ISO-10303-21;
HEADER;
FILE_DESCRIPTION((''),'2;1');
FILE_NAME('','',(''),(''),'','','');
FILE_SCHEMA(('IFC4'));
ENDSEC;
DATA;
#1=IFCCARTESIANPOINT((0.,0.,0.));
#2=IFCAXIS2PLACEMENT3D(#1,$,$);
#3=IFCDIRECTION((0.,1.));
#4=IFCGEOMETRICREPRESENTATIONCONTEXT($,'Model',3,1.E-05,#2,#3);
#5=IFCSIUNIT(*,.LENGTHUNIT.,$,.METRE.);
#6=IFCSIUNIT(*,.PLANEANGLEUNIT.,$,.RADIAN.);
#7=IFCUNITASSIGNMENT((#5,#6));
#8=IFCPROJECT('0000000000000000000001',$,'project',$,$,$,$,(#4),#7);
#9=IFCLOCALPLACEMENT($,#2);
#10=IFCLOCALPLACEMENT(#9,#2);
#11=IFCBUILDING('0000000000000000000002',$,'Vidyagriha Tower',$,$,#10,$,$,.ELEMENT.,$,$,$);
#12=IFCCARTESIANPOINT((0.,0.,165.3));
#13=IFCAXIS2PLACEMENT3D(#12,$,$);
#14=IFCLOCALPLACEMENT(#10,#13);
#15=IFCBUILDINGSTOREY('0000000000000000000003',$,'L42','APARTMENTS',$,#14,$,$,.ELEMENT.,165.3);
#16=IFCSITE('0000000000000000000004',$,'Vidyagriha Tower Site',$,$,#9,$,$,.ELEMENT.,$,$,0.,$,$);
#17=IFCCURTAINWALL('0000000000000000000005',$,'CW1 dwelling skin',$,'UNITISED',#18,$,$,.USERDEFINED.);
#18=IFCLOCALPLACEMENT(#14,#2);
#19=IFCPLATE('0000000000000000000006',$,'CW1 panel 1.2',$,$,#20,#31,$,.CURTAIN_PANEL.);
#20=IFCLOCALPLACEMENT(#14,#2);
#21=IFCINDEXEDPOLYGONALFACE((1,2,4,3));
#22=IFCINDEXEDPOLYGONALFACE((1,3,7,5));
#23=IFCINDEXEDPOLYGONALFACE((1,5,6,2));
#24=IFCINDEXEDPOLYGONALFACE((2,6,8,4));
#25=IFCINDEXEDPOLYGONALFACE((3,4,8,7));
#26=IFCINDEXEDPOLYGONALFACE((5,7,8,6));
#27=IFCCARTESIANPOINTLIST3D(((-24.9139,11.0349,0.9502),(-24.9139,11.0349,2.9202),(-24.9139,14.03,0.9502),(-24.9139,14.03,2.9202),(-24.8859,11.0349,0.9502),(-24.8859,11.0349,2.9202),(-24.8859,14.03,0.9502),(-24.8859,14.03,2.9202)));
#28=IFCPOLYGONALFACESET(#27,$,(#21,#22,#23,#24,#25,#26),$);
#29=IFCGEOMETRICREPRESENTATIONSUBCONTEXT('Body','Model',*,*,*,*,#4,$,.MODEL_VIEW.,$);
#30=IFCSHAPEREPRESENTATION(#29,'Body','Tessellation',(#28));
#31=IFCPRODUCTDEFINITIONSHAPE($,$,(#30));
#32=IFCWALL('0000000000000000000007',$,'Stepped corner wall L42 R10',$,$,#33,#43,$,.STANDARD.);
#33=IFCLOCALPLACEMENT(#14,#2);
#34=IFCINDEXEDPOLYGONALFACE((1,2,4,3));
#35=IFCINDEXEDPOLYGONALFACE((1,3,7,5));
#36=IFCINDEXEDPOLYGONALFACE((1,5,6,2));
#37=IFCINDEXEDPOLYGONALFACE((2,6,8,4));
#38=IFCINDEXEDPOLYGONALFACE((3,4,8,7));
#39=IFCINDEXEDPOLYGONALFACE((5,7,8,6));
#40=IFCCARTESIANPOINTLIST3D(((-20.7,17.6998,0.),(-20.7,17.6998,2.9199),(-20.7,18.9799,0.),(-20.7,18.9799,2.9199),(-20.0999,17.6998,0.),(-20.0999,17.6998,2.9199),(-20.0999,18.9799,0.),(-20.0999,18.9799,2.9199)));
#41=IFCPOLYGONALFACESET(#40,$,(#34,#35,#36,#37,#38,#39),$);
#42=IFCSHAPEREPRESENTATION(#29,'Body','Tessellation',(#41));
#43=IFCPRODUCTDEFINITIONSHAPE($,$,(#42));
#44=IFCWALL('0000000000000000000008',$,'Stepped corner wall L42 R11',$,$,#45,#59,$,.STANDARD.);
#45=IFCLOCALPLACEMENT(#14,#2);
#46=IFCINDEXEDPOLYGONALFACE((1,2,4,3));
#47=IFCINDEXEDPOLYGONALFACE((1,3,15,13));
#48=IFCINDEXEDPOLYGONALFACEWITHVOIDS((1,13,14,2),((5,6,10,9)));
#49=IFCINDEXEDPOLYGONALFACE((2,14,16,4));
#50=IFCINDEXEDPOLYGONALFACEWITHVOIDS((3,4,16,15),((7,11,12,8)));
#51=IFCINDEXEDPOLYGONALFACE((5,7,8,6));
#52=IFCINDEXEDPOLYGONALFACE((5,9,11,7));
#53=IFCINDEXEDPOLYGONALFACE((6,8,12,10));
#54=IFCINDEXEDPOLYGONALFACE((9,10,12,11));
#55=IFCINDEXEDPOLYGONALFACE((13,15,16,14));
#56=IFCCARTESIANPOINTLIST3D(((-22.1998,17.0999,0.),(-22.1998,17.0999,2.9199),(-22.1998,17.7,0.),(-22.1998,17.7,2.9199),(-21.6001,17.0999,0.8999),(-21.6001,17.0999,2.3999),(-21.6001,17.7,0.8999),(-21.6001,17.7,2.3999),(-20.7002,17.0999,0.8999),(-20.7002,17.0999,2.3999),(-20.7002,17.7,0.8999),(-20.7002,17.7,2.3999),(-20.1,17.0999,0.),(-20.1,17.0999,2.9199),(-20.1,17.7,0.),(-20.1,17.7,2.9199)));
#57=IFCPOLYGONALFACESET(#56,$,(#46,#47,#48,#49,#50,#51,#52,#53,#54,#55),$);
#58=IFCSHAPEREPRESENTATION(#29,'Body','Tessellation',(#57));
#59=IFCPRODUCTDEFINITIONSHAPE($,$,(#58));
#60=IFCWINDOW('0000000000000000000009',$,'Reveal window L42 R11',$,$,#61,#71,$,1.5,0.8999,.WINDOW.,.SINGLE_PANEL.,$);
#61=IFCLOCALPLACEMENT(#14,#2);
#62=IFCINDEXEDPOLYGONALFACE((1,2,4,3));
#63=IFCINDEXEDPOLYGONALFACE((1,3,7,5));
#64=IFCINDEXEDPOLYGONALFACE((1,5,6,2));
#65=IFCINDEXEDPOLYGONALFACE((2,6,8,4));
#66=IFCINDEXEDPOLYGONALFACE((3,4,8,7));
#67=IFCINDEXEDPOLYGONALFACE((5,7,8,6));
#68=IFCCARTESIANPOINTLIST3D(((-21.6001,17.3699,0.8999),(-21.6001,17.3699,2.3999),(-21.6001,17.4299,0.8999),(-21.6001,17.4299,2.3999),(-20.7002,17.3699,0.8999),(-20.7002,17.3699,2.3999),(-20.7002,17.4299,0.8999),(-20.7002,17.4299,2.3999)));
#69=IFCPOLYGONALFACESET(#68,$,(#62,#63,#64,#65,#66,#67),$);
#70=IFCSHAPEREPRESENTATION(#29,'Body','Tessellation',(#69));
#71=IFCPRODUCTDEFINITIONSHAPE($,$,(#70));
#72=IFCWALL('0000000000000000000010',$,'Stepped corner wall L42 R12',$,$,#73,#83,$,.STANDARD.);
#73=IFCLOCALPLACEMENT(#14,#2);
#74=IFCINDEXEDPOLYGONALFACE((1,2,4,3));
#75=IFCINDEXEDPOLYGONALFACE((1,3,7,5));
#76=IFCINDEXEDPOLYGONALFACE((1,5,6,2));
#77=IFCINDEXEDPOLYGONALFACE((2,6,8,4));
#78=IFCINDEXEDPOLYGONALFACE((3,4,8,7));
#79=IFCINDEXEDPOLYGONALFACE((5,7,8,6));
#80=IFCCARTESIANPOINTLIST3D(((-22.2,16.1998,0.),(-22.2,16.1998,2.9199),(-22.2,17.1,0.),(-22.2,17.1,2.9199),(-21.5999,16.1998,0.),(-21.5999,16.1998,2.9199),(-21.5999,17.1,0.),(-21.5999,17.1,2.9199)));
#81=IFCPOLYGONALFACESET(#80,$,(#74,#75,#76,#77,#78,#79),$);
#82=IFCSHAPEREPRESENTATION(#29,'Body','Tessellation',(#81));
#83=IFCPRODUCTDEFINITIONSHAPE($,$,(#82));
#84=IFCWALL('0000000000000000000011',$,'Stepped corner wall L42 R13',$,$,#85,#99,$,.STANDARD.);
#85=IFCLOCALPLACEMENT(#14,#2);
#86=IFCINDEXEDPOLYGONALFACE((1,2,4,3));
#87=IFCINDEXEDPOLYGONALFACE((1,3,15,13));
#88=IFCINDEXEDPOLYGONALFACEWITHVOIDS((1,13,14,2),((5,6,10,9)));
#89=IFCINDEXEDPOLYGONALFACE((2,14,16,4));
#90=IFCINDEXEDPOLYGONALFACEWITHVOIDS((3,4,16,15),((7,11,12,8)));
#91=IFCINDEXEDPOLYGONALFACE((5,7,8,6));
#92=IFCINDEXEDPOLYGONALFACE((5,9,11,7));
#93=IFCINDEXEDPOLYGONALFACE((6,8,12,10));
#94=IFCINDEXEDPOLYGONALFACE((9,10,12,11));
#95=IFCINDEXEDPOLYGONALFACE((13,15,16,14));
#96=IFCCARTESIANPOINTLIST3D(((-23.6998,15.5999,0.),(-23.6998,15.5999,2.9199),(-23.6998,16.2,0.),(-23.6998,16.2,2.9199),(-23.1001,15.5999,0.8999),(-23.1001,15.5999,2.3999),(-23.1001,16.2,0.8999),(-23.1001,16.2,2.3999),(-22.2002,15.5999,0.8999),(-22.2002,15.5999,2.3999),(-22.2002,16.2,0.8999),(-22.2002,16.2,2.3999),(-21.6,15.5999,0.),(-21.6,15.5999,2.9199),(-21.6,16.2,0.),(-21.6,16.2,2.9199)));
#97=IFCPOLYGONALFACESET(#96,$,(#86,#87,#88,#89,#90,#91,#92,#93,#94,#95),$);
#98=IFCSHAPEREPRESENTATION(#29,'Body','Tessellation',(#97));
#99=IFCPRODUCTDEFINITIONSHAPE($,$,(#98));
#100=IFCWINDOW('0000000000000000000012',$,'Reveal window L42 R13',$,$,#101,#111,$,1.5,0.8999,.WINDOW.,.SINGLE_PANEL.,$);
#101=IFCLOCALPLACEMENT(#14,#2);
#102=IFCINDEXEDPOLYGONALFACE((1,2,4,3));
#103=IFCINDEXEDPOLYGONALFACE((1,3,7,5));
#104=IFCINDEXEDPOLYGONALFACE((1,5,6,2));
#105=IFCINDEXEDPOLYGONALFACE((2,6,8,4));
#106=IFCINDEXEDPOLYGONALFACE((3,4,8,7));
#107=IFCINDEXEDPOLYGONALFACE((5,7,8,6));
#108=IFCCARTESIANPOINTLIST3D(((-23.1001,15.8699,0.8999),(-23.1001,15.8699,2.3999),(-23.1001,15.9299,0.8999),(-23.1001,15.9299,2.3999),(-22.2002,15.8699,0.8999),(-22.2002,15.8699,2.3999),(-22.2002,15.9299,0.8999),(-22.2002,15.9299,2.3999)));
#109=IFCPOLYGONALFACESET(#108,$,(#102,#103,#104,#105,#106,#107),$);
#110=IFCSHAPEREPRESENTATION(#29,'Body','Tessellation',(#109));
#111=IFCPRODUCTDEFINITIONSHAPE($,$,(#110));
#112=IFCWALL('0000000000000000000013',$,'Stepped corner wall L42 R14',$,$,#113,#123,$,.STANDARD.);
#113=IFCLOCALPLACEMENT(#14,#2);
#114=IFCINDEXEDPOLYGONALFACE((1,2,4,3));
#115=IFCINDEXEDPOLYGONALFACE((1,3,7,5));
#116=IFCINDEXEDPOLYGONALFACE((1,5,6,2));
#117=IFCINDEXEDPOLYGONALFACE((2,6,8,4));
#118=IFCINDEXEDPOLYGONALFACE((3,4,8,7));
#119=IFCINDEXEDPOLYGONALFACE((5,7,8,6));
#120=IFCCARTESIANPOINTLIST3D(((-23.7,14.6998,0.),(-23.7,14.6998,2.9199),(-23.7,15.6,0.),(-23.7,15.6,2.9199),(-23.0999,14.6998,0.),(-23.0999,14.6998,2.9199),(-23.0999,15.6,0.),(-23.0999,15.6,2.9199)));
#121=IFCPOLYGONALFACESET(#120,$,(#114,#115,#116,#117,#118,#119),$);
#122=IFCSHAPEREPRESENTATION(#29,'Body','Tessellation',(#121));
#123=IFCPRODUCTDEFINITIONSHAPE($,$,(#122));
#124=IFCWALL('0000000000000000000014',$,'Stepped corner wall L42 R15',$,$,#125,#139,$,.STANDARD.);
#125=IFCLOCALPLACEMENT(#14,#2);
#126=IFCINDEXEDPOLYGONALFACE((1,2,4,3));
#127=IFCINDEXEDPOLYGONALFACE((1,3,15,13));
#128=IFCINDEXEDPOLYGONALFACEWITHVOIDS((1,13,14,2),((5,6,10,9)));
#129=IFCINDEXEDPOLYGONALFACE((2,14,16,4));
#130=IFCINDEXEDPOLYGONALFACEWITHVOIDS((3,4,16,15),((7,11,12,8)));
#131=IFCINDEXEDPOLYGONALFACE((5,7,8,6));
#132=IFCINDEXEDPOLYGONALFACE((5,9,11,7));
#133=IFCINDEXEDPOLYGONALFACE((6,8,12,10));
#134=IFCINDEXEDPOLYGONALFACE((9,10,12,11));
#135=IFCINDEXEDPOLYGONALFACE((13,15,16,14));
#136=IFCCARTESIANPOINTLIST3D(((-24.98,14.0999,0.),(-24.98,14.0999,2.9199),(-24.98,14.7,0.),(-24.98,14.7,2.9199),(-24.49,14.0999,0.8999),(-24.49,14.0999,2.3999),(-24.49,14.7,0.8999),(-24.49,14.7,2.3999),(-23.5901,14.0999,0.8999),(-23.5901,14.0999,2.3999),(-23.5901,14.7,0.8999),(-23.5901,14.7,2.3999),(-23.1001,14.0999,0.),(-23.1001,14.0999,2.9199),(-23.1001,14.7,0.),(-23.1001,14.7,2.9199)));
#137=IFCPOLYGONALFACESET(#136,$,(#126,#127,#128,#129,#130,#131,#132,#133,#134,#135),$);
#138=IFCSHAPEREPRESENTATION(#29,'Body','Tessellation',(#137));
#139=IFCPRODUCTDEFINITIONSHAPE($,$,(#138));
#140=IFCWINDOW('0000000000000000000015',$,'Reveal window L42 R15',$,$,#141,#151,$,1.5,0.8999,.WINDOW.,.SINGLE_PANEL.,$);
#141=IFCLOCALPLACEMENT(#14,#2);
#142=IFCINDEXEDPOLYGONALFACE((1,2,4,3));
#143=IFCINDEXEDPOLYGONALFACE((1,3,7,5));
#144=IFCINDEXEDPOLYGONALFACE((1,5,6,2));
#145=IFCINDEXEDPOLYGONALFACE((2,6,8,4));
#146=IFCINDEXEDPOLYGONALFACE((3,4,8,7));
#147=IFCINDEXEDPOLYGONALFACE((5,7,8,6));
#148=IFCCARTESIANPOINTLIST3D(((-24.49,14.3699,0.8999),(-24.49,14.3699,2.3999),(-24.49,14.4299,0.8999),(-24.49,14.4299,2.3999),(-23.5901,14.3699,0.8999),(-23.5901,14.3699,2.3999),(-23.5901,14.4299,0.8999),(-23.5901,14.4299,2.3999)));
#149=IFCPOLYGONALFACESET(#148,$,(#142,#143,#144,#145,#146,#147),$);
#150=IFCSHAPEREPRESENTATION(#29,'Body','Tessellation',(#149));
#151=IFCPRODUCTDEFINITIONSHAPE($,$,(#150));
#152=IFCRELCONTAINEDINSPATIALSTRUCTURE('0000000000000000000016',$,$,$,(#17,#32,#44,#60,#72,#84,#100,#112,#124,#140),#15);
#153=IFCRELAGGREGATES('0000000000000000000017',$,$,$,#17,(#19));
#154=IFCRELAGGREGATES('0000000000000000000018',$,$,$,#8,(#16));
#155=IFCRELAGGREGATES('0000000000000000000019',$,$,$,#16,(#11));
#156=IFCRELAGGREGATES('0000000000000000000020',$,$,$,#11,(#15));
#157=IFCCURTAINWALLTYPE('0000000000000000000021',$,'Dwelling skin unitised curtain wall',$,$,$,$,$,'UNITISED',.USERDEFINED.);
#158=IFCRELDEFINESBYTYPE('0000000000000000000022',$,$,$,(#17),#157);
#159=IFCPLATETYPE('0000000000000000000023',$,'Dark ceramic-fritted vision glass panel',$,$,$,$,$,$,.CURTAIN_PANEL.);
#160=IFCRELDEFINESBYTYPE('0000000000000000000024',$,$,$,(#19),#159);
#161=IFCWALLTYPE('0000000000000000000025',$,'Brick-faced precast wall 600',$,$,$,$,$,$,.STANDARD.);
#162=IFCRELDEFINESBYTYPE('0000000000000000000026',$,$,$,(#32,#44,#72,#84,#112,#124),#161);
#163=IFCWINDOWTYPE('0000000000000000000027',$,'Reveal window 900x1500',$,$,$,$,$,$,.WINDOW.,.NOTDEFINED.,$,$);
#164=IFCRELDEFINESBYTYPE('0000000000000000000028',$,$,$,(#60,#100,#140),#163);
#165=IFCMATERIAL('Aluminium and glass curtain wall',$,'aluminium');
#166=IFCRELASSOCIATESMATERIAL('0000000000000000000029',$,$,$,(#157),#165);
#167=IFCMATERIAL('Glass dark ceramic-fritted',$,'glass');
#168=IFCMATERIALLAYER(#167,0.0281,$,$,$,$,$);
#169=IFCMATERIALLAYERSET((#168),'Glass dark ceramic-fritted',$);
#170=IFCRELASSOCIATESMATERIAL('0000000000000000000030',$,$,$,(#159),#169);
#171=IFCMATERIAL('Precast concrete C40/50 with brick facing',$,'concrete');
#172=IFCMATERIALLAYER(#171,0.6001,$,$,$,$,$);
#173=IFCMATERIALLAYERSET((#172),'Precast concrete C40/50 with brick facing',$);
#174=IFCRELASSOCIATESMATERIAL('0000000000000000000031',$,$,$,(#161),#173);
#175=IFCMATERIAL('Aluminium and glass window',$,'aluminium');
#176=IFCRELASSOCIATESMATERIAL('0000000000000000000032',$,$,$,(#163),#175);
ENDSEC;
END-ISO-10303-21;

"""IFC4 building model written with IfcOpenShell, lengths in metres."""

from ifc_helpers import new_model, si_unit, direction, frame, frame_2d, origin, origin_2d, place, context, subcontext, project, spatial, rectangle, extrude, material, layer, layer_set, type_object, element, fill, aggregate, save


model = new_model("IFC4")

# Units and contexts
model_context = context("Model", 3, precision=1e-05, world=origin(), true_north=direction((0.0, 1.0)))
body_context = subcontext(model_context, "Body", "Model", "MODEL_VIEW")
ifc_project = project(units=[si_unit("LENGTHUNIT", "METRE"), si_unit("PLANEANGLEUNIT", "RADIAN")], contexts=[model_context])

# Site, building, storey
site_placement = place(None, origin())
site = spatial("IfcSite", under=ifc_project, at=site_placement, Name="Vidyagriha Tower Site", CompositionType="ELEMENT", RefElevation=0.0)
building_placement = place(site_placement, origin())
building = spatial("IfcBuilding", under=site, at=building_placement, Name="Vidyagriha Tower", CompositionType="ELEMENT")
storey_placement = place(building_placement, frame((0.0, 0.0, 165.3)))
storey = spatial("IfcBuildingStorey", under=building, at=storey_placement, Name="L42", Description="APARTMENTS", CompositionType="ELEMENT", Elevation=165.3)

# Shared definitions
ifc_material_1 = material(Name="Aluminium and glass curtain wall", Category="aluminium")
curtain_wall_type = type_object("IfcCurtainWallType", Name="Dwelling skin unitised curtain wall", ElementType="UNITISED", PredefinedType="USERDEFINED", material=ifc_material_1)

# Curtain wall
curtain_wall_1_placement = place(storey_placement, origin())
curtain_wall_1 = element("IfcCurtainWall", 1, at=curtain_wall_1_placement, inside=storey, type_object=curtain_wall_type, Name="CW1 dwelling skin", ObjectType="UNITISED", PredefinedType="USERDEFINED")

# Plate
ifc_material_2 = material(Name="Glass dark ceramic-fritted", Category="glass")
ifc_layer_1 = layer(ifc_material_2, 0.0281)
ifc_layer_set_1 = layer_set([ifc_layer_1], Name="Glass dark ceramic-fritted")
plate_type_1 = type_object("IfcPlateType", Name="Dark ceramic-fritted vision glass panel", PredefinedType="CURTAIN_PANEL", material=ifc_layer_set_1)
plate_1_placement = place(storey_placement, frame((-24.8999, 12.5325, 0.9502), z_axis=(0.0, 0.0, 1.0), x_axis=(0.0, -1.0, 0.0)))
plate_1 = element("IfcPlate", 2, at=plate_1_placement, type_object=plate_type_1, Name="CW1 panel 1.2", PredefinedType="CURTAIN_PANEL", context=body_context, shape_type="SweptSolid", body=[
    extrude(rectangle(XDim=2.9951, YDim=0.0281, at=origin_2d()), origin(), (0.0, 0.0, 1.0), 1.97),
])
aggregate(curtain_wall_1, [plate_1])

# Wall
ifc_material_3 = material(Name="Precast concrete C40/50 with brick facing", Category="concrete")
ifc_layer_2 = layer(ifc_material_3, 0.6001)
ifc_layer_set_2 = layer_set([ifc_layer_2], Name="Precast concrete C40/50 with brick facing")
wall_type_1 = type_object("IfcWallType", Name="Brick-faced precast wall 600", PredefinedType="STANDARD", material=ifc_layer_set_2)
wall_1_placement = place(storey_placement, frame((-20.3999, 18.98, 0.0), z_axis=(0.0, 0.0, 1.0), x_axis=(0.0, -1.0, 0.0)))
element("IfcWall", 3, at=wall_1_placement, inside=storey, type_object=wall_type_1, Name="Stepped corner wall L42 R10", PredefinedType="STANDARD", context=body_context, shape_type="SweptSolid", body=[
    extrude(rectangle(XDim=1.28, YDim=0.6001, at=frame_2d((0.6401, 0.0))), origin(), (0.0, 0.0, 1.0), 2.9199),
])

# Wall, opening, window
wall_2_placement = place(storey_placement, frame((-20.1001, 17.3999, 0.0), z_axis=(0.0, 0.0, 1.0), x_axis=(-1.0, 0.0, 0.0)))
wall_2 = element("IfcWall", 4, at=wall_2_placement, inside=storey, type_object=wall_type_1, Name="Stepped corner wall L42 R11", PredefinedType="STANDARD", context=body_context, shape_type="SweptSolid", body=[
    extrude(rectangle(XDim=2.0999, YDim=0.6001, at=frame_2d((1.0498, 0.0))), origin(), (0.0, 0.0, 1.0), 2.9199),
])
opening_1_placement = place(wall_2_placement, frame((0.6001, 0.0, 0.8999)))
opening_1 = element("IfcOpeningElement", 5, at=opening_1_placement, cuts=wall_2, PredefinedType="OPENING", context=body_context, shape_type="SweptSolid", body=[
    extrude(rectangle(XDim=0.8999, YDim=1.5, at=frame_2d((0.45, 0.75))), frame((0.0, 0.3101, 0.0), z_axis=(0.0, -1.0, 0.0), x_axis=(1.0, 0.0, 0.0)), (0.0, 0.0, 1.0), 0.6201),
])
ifc_material_4 = material(Name="Aluminium and glass window", Category="aluminium")
window_type = type_object("IfcWindowType", Name="Reveal window 900x1500", PartitioningType="NOTDEFINED", PredefinedType="WINDOW", material=ifc_material_4)
window_1_placement = place(opening_1_placement, origin())
window_1 = element("IfcWindow", 6, at=window_1_placement, inside=storey, type_object=window_type, Name="Reveal window L42 R11", OverallHeight=1.5, OverallWidth=0.8999, PartitioningType="SINGLE_PANEL", PredefinedType="WINDOW", context=body_context, shape_type="SweptSolid", body=[
    extrude(rectangle(XDim=0.8999, YDim=1.5, at=frame_2d((0.45, 0.75))), frame((0.0, 0.03, 0.0), z_axis=(0.0, -1.0, 0.0), x_axis=(1.0, 0.0, 0.0)), (0.0, 0.0, 1.0), 0.0601),
])
fill(opening_1, window_1)

# Wall
wall_3_placement = place(storey_placement, frame((-21.8999, 17.1001, 0.0), z_axis=(0.0, 0.0, 1.0), x_axis=(0.0, -1.0, 0.0)))
element("IfcWall", 7, at=wall_3_placement, inside=storey, type_object=wall_type_1, Name="Stepped corner wall L42 R12", PredefinedType="STANDARD", context=body_context, shape_type="SweptSolid", body=[
    extrude(rectangle(XDim=0.9001, YDim=0.6001, at=frame_2d((0.4502, 0.0))), origin(), (0.0, 0.0, 1.0), 2.9199),
])

# Wall, opening, window
wall_4_placement = place(storey_placement, frame((-21.6001, 15.8999, 0.0), z_axis=(0.0, 0.0, 1.0), x_axis=(-1.0, 0.0, 0.0)))
wall_4 = element("IfcWall", 8, at=wall_4_placement, inside=storey, type_object=wall_type_1, Name="Stepped corner wall L42 R13", PredefinedType="STANDARD", context=body_context, shape_type="SweptSolid", body=[
    extrude(rectangle(XDim=2.0999, YDim=0.6001, at=frame_2d((1.0498, 0.0))), origin(), (0.0, 0.0, 1.0), 2.9199),
])
opening_2_placement = place(wall_4_placement, frame((0.6001, 0.0, 0.8999)))
opening_2 = element("IfcOpeningElement", 9, at=opening_2_placement, cuts=wall_4, PredefinedType="OPENING", context=body_context, shape_type="SweptSolid", body=[
    extrude(rectangle(XDim=0.8999, YDim=1.5, at=frame_2d((0.45, 0.75))), frame((0.0, 0.3101, 0.0), z_axis=(0.0, -1.0, 0.0), x_axis=(1.0, 0.0, 0.0)), (0.0, 0.0, 1.0), 0.6201),
])
window_2_placement = place(opening_2_placement, origin())
window_2 = element("IfcWindow", 10, at=window_2_placement, inside=storey, type_object=window_type, Name="Reveal window L42 R13", OverallHeight=1.5, OverallWidth=0.8999, PartitioningType="SINGLE_PANEL", PredefinedType="WINDOW", context=body_context, shape_type="SweptSolid", body=[
    extrude(rectangle(XDim=0.8999, YDim=1.5, at=frame_2d((0.45, 0.75))), frame((0.0, 0.03, 0.0), z_axis=(0.0, -1.0, 0.0), x_axis=(1.0, 0.0, 0.0)), (0.0, 0.0, 1.0), 0.0601),
])
fill(opening_2, window_2)

# Wall
wall_5_placement = place(storey_placement, frame((-23.3999, 15.6001, 0.0), z_axis=(0.0, 0.0, 1.0), x_axis=(0.0, -1.0, 0.0)))
element("IfcWall", 11, at=wall_5_placement, inside=storey, type_object=wall_type_1, Name="Stepped corner wall L42 R14", PredefinedType="STANDARD", context=body_context, shape_type="SweptSolid", body=[
    extrude(rectangle(XDim=0.9001, YDim=0.6001, at=frame_2d((0.4502, 0.0))), origin(), (0.0, 0.0, 1.0), 2.9199),
])

# Wall, opening, window
wall_6_placement = place(storey_placement, frame((-23.1001, 14.3999, 0.0), z_axis=(0.0, 0.0, 1.0), x_axis=(-1.0, 0.0, 0.0)))
wall_6 = element("IfcWall", 12, at=wall_6_placement, inside=storey, type_object=wall_type_1, Name="Stepped corner wall L42 R15", PredefinedType="STANDARD", context=body_context, shape_type="SweptSolid", body=[
    extrude(rectangle(XDim=1.8799, YDim=0.6001, at=frame_2d((0.9399, 0.0))), origin(), (0.0, 0.0, 1.0), 2.9199),
])
opening_3_placement = place(wall_6_placement, frame((0.49, 0.0, 0.8999)))
opening_3 = element("IfcOpeningElement", 13, at=opening_3_placement, cuts=wall_6, PredefinedType="OPENING", context=body_context, shape_type="SweptSolid", body=[
    extrude(rectangle(XDim=0.8999, YDim=1.5, at=frame_2d((0.45, 0.75))), frame((0.0, 0.3101, 0.0), z_axis=(0.0, -1.0, 0.0), x_axis=(1.0, 0.0, 0.0)), (0.0, 0.0, 1.0), 0.6201),
])
window_3_placement = place(opening_3_placement, origin())
window_3 = element("IfcWindow", 14, at=window_3_placement, inside=storey, type_object=window_type, Name="Reveal window L42 R15", OverallHeight=1.5, OverallWidth=0.8999, PartitioningType="SINGLE_PANEL", PredefinedType="WINDOW", context=body_context, shape_type="SweptSolid", body=[
    extrude(rectangle(XDim=0.8999, YDim=1.5, at=frame_2d((0.45, 0.75))), frame((0.0, 0.03, 0.0), z_axis=(0.0, -1.0, 0.0), x_axis=(1.0, 0.0, 0.0)), (0.0, 0.0, 1.0), 0.0601),
])
fill(opening_3, window_3)

save(model, "model.ifc")
